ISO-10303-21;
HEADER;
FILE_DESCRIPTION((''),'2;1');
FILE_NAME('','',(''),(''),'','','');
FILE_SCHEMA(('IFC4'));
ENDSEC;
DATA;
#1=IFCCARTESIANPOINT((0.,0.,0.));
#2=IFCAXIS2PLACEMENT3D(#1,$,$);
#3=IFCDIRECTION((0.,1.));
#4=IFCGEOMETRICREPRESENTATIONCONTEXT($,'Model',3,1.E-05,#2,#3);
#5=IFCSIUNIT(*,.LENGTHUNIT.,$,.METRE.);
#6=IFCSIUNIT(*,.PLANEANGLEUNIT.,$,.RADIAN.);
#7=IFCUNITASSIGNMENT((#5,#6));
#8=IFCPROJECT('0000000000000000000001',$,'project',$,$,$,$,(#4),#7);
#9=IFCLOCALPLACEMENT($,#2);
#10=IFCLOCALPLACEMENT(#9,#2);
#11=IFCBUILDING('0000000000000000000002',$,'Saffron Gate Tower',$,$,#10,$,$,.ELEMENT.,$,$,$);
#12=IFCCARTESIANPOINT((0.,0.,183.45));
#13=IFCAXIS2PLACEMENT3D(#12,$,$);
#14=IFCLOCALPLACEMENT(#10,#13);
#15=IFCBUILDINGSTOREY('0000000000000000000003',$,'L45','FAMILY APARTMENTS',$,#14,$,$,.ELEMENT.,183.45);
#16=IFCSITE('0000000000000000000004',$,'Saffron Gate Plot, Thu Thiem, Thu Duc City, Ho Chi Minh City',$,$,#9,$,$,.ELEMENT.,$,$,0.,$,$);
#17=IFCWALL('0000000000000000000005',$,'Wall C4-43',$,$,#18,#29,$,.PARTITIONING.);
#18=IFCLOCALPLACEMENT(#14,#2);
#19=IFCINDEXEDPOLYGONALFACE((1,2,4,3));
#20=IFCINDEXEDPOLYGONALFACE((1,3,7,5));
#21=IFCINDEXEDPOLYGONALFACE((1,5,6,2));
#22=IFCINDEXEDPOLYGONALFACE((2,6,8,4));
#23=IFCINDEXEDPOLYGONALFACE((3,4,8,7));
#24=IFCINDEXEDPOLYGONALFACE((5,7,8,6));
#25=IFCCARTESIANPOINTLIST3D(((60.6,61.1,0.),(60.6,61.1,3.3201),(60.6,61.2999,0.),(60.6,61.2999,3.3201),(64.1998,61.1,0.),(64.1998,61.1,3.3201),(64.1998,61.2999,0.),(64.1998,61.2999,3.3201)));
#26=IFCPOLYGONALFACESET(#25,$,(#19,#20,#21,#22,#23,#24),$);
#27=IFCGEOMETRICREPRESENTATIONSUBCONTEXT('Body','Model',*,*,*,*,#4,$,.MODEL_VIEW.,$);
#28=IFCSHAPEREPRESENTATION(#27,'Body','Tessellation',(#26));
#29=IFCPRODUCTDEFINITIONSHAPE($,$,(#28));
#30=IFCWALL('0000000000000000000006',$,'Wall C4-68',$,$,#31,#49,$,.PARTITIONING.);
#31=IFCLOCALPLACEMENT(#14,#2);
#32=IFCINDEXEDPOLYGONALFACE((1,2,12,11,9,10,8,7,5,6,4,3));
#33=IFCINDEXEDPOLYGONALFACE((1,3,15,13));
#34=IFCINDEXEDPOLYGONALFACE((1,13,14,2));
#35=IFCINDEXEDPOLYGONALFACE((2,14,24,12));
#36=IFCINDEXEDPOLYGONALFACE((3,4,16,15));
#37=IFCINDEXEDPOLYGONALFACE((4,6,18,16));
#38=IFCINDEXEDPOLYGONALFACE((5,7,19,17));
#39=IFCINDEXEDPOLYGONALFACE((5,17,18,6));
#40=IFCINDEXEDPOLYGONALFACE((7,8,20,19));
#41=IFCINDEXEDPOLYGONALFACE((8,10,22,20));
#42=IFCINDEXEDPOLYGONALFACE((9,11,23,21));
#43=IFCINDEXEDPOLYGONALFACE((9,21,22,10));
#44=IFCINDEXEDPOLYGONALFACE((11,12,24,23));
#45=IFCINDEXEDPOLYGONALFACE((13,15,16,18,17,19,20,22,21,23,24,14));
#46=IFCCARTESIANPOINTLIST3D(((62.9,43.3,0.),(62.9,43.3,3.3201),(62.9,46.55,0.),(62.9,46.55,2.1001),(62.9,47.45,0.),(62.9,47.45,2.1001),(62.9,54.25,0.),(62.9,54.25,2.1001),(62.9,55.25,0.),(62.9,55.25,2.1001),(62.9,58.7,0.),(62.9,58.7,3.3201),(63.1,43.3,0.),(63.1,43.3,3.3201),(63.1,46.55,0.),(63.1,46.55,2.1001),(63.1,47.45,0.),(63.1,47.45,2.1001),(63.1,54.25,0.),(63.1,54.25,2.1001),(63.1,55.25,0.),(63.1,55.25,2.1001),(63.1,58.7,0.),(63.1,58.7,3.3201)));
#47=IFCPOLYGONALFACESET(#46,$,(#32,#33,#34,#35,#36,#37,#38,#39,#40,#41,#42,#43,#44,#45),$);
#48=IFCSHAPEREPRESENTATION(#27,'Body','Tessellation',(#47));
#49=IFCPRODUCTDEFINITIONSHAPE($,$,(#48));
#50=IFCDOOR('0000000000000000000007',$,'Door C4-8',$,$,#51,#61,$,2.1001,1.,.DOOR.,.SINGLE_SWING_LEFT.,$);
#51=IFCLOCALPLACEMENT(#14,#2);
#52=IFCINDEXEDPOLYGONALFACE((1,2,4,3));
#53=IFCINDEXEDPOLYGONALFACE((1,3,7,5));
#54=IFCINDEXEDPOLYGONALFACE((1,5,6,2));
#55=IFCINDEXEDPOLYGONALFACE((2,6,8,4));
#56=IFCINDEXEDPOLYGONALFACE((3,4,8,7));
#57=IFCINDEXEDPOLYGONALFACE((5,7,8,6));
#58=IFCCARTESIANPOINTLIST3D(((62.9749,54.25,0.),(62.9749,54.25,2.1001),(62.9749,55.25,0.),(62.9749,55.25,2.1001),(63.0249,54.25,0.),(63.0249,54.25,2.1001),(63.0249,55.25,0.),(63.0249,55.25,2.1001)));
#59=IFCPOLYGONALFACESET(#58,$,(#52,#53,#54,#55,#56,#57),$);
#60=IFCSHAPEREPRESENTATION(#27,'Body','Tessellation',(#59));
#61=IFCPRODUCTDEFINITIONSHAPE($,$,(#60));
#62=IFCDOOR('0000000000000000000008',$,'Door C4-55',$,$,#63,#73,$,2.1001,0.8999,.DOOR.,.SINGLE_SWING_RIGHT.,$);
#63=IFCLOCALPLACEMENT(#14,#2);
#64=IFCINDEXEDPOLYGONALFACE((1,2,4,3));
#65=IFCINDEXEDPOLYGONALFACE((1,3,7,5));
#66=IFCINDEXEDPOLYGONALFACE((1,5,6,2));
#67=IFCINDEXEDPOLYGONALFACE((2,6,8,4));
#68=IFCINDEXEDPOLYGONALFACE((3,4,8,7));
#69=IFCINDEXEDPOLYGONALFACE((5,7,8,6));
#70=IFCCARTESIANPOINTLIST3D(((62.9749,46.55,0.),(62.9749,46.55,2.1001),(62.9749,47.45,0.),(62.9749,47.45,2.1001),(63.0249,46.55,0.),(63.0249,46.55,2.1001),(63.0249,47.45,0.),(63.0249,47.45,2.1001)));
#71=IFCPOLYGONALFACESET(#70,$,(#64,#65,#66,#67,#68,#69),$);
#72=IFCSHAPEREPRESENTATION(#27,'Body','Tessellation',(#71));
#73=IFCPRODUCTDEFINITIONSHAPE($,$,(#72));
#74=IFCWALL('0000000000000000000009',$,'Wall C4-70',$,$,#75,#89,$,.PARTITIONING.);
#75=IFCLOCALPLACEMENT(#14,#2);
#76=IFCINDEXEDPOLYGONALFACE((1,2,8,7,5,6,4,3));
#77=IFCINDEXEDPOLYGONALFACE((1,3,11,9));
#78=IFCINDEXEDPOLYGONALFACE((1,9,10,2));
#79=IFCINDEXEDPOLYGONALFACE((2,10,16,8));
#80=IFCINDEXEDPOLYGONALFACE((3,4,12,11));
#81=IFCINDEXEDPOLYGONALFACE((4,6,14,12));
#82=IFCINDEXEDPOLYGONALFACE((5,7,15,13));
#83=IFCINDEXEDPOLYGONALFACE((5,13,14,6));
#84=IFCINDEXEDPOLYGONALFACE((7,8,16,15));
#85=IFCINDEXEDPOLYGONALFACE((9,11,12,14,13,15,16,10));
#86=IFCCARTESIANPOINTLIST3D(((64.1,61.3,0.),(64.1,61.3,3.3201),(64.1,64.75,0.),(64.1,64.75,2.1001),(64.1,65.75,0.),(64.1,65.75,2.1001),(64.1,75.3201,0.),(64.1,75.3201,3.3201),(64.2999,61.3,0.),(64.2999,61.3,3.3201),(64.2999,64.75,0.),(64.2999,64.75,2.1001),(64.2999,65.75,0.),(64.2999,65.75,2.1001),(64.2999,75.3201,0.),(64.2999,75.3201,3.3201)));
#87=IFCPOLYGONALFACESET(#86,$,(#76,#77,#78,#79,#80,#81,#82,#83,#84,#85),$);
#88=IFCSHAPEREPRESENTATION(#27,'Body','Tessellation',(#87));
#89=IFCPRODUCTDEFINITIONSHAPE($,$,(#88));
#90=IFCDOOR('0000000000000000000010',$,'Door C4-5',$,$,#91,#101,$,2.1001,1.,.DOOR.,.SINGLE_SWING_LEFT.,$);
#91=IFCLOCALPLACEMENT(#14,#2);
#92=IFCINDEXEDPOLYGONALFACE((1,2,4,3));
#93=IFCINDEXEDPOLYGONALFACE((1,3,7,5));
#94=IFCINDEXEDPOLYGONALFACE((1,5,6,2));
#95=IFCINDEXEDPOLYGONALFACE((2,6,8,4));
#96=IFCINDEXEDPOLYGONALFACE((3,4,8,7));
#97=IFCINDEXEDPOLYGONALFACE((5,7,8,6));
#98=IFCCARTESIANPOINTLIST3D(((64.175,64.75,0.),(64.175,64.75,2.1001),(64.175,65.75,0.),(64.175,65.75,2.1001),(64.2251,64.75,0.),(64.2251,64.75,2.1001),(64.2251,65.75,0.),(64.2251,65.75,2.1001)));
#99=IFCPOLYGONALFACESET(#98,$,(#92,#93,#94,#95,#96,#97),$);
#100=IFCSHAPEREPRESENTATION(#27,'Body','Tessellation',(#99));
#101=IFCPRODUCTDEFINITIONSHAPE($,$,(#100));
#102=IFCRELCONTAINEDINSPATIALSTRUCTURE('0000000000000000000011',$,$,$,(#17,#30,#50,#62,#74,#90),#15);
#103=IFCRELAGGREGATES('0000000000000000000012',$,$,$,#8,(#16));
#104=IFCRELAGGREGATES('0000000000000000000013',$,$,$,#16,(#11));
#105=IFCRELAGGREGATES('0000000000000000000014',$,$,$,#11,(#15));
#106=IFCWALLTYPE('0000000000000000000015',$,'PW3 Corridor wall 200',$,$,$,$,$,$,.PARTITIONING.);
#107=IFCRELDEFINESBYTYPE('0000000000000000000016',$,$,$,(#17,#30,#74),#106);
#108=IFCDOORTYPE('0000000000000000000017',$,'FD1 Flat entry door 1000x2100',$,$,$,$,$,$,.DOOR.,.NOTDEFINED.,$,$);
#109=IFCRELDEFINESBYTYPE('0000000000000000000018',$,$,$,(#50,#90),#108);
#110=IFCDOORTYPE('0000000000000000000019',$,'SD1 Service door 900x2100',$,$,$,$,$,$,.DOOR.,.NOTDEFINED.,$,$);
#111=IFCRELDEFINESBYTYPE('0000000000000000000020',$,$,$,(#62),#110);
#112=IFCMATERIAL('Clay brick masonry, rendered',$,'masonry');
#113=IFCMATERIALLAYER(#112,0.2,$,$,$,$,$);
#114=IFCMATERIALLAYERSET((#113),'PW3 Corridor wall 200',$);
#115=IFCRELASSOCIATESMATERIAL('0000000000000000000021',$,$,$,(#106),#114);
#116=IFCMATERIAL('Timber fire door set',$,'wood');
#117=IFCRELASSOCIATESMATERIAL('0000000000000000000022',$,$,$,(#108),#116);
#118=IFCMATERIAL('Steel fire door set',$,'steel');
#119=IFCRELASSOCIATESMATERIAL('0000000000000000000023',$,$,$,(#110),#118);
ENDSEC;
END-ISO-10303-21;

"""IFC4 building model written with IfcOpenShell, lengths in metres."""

from ifc_helpers import new_model, si_unit, direction, frame, frame_2d, origin, place, context, subcontext, project, spatial, rectangle, extrude, material, layer, layer_set, type_object, element, fill, save


model = new_model("IFC4")

# Units and contexts
model_context = context("Model", 3, precision=1e-05, world=origin(), true_north=direction((0.0, 1.0)))
body_context = subcontext(model_context, "Body", "Model", "MODEL_VIEW")
ifc_project = project(units=[si_unit("LENGTHUNIT", "METRE"), si_unit("PLANEANGLEUNIT", "RADIAN")], contexts=[model_context])

# Site, building, storey
site_placement = place(None, origin())
site = spatial("IfcSite", under=ifc_project, at=site_placement, Name="Saffron Gate Plot, Thu Thiem, Thu Duc City, Ho Chi Minh City", CompositionType="ELEMENT", RefElevation=0.0)
building_placement = place(site_placement, origin())
building = spatial("IfcBuilding", under=site, at=building_placement, Name="Saffron Gate Tower", CompositionType="ELEMENT")
storey_placement = place(building_placement, frame((0.0, 0.0, 183.45)))
storey = spatial("IfcBuildingStorey", under=building, at=storey_placement, Name="L45", Description="FAMILY APARTMENTS", CompositionType="ELEMENT", Elevation=183.45)

# Wall
ifc_material_1 = material(Name="Clay brick masonry, rendered", Category="masonry")
ifc_layer_1 = layer(ifc_material_1, 0.2)
ifc_layer_set_1 = layer_set([ifc_layer_1], Name="PW3 Corridor wall 200")
wall_type_1 = type_object("IfcWallType", Name="PW3 Corridor wall 200", PredefinedType="PARTITIONING", material=ifc_layer_set_1)
wall_1_placement = place(storey_placement, frame((60.6001, 61.2, 0.0), z_axis=(0.0, 0.0, 1.0), x_axis=(1.0, 0.0, 0.0)))
element("IfcWall", 1, at=wall_1_placement, inside=storey, type_object=wall_type_1, Name="Wall C4-43", PredefinedType="PARTITIONING", context=body_context, shape_type="SweptSolid", body=[
    extrude(rectangle(XDim=3.5999, YDim=0.2, at=frame_2d((1.7998, 0.0))), origin(), (0.0, 0.0, 1.0), 3.3201),
])

# Wall, openings, doors
wall_2_placement = place(storey_placement, frame((63.0, 58.7, 0.0), z_axis=(0.0, 0.0, 1.0), x_axis=(0.0, -1.0, 0.0)))
wall_2 = element("IfcWall", 2, at=wall_2_placement, inside=storey, type_object=wall_type_1, Name="Wall C4-68", PredefinedType="PARTITIONING", context=body_context, shape_type="SweptSolid", body=[
    extrude(rectangle(XDim=15.3999, YDim=0.2, at=frame_2d((7.7, 0.0))), origin(), (0.0, 0.0, 1.0), 3.3201),
])
opening_1_placement = place(wall_2_placement, frame((3.45, 0.0, 0.0)))
opening_1 = element("IfcOpeningElement", 3, at=opening_1_placement, cuts=wall_2, PredefinedType="OPENING", context=body_context, shape_type="SweptSolid", body=[
    extrude(rectangle(XDim=1.0, YDim=2.1001, at=frame_2d((0.5, 1.05))), frame((0.0, 0.1099, 0.0), z_axis=(0.0, -1.0, 0.0), x_axis=(1.0, 0.0, 0.0)), (0.0, 0.0, 1.0), 0.22),
])
opening_2_placement = place(wall_2_placement, frame((11.25, 0.0, 0.0)))
opening_2 = element("IfcOpeningElement", 4, at=opening_2_placement, cuts=wall_2, PredefinedType="OPENING", context=body_context, shape_type="SweptSolid", body=[
    extrude(rectangle(XDim=0.8999, YDim=2.1001, at=frame_2d((0.45, 1.05))), frame((0.0, 0.1099, 0.0), z_axis=(0.0, -1.0, 0.0), x_axis=(1.0, 0.0, 0.0)), (0.0, 0.0, 1.0), 0.22),
])
ifc_material_2 = material(Name="Timber fire door set", Category="wood")
door_type_1 = type_object("IfcDoorType", Name="FD1 Flat entry door 1000x2100", OperationType="NOTDEFINED", PredefinedType="DOOR", material=ifc_material_2)
door_1_placement = place(opening_1_placement, origin())
door_1 = element("IfcDoor", 5, at=door_1_placement, inside=storey, type_object=door_type_1, Name="Door C4-8", OperationType="SINGLE_SWING_LEFT", OverallHeight=2.1001, OverallWidth=1.0, PredefinedType="DOOR", context=body_context, shape_type="SweptSolid", body=[
    extrude(rectangle(XDim=1.0, YDim=2.1001, at=frame_2d((0.5, 1.05))), frame((0.0, 0.0249, 0.0), z_axis=(0.0, -1.0, 0.0), x_axis=(1.0, 0.0, 0.0)), (0.0, 0.0, 1.0), 0.05),
])
fill(opening_1, door_1)
ifc_material_3 = material(Name="Steel fire door set", Category="steel")
door_type_2 = type_object("IfcDoorType", Name="SD1 Service door 900x2100", OperationType="NOTDEFINED", PredefinedType="DOOR", material=ifc_material_3)
door_2_placement = place(opening_2_placement, origin())
door_2 = element("IfcDoor", 6, at=door_2_placement, inside=storey, type_object=door_type_2, Name="Door C4-55", OperationType="SINGLE_SWING_RIGHT", OverallHeight=2.1001, OverallWidth=0.8999, PredefinedType="DOOR", context=body_context, shape_type="SweptSolid", body=[
    extrude(rectangle(XDim=0.8999, YDim=2.1001, at=frame_2d((0.45, 1.05))), frame((0.0, 0.0249, 0.0), z_axis=(0.0, -1.0, 0.0), x_axis=(1.0, 0.0, 0.0)), (0.0, 0.0, 1.0), 0.05),
])
fill(opening_2, door_2)

# Wall, opening, door
wall_3_placement = place(storey_placement, frame((64.2, 61.3, 0.0), z_axis=(0.0, 0.0, 1.0), x_axis=(0.0, 1.0, 0.0)))
wall_3 = element("IfcWall", 7, at=wall_3_placement, inside=storey, type_object=wall_type_1, Name="Wall C4-70", PredefinedType="PARTITIONING", context=body_context, shape_type="SweptSolid", body=[
    extrude(rectangle(XDim=14.02, YDim=0.2, at=frame_2d((7.01, 0.0))), origin(), (0.0, 0.0, 1.0), 3.3201),
])
opening_3_placement = place(wall_3_placement, frame((3.45, 0.0, 0.0)))
opening_3 = element("IfcOpeningElement", 8, at=opening_3_placement, cuts=wall_3, PredefinedType="OPENING", context=body_context, shape_type="SweptSolid", body=[
    extrude(rectangle(XDim=1.0, YDim=2.1001, at=frame_2d((0.5, 1.05))), frame((0.0, 0.1099, 0.0), z_axis=(0.0, -1.0, 0.0), x_axis=(1.0, 0.0, 0.0)), (0.0, 0.0, 1.0), 0.22),
])
door_3_placement = place(opening_3_placement, origin())
door_3 = element("IfcDoor", 9, at=door_3_placement, inside=storey, type_object=door_type_1, Name="Door C4-5", OperationType="SINGLE_SWING_LEFT", OverallHeight=2.1001, OverallWidth=1.0, PredefinedType="DOOR", context=body_context, shape_type="SweptSolid", body=[
    extrude(rectangle(XDim=1.0, YDim=2.1001, at=frame_2d((0.5, 1.05))), frame((0.0, 0.0249, 0.0), z_axis=(0.0, -1.0, 0.0), x_axis=(1.0, 0.0, 0.0)), (0.0, 0.0, 1.0), 0.05),
])
fill(opening_3, door_3)

save(model, "model.ifc")
